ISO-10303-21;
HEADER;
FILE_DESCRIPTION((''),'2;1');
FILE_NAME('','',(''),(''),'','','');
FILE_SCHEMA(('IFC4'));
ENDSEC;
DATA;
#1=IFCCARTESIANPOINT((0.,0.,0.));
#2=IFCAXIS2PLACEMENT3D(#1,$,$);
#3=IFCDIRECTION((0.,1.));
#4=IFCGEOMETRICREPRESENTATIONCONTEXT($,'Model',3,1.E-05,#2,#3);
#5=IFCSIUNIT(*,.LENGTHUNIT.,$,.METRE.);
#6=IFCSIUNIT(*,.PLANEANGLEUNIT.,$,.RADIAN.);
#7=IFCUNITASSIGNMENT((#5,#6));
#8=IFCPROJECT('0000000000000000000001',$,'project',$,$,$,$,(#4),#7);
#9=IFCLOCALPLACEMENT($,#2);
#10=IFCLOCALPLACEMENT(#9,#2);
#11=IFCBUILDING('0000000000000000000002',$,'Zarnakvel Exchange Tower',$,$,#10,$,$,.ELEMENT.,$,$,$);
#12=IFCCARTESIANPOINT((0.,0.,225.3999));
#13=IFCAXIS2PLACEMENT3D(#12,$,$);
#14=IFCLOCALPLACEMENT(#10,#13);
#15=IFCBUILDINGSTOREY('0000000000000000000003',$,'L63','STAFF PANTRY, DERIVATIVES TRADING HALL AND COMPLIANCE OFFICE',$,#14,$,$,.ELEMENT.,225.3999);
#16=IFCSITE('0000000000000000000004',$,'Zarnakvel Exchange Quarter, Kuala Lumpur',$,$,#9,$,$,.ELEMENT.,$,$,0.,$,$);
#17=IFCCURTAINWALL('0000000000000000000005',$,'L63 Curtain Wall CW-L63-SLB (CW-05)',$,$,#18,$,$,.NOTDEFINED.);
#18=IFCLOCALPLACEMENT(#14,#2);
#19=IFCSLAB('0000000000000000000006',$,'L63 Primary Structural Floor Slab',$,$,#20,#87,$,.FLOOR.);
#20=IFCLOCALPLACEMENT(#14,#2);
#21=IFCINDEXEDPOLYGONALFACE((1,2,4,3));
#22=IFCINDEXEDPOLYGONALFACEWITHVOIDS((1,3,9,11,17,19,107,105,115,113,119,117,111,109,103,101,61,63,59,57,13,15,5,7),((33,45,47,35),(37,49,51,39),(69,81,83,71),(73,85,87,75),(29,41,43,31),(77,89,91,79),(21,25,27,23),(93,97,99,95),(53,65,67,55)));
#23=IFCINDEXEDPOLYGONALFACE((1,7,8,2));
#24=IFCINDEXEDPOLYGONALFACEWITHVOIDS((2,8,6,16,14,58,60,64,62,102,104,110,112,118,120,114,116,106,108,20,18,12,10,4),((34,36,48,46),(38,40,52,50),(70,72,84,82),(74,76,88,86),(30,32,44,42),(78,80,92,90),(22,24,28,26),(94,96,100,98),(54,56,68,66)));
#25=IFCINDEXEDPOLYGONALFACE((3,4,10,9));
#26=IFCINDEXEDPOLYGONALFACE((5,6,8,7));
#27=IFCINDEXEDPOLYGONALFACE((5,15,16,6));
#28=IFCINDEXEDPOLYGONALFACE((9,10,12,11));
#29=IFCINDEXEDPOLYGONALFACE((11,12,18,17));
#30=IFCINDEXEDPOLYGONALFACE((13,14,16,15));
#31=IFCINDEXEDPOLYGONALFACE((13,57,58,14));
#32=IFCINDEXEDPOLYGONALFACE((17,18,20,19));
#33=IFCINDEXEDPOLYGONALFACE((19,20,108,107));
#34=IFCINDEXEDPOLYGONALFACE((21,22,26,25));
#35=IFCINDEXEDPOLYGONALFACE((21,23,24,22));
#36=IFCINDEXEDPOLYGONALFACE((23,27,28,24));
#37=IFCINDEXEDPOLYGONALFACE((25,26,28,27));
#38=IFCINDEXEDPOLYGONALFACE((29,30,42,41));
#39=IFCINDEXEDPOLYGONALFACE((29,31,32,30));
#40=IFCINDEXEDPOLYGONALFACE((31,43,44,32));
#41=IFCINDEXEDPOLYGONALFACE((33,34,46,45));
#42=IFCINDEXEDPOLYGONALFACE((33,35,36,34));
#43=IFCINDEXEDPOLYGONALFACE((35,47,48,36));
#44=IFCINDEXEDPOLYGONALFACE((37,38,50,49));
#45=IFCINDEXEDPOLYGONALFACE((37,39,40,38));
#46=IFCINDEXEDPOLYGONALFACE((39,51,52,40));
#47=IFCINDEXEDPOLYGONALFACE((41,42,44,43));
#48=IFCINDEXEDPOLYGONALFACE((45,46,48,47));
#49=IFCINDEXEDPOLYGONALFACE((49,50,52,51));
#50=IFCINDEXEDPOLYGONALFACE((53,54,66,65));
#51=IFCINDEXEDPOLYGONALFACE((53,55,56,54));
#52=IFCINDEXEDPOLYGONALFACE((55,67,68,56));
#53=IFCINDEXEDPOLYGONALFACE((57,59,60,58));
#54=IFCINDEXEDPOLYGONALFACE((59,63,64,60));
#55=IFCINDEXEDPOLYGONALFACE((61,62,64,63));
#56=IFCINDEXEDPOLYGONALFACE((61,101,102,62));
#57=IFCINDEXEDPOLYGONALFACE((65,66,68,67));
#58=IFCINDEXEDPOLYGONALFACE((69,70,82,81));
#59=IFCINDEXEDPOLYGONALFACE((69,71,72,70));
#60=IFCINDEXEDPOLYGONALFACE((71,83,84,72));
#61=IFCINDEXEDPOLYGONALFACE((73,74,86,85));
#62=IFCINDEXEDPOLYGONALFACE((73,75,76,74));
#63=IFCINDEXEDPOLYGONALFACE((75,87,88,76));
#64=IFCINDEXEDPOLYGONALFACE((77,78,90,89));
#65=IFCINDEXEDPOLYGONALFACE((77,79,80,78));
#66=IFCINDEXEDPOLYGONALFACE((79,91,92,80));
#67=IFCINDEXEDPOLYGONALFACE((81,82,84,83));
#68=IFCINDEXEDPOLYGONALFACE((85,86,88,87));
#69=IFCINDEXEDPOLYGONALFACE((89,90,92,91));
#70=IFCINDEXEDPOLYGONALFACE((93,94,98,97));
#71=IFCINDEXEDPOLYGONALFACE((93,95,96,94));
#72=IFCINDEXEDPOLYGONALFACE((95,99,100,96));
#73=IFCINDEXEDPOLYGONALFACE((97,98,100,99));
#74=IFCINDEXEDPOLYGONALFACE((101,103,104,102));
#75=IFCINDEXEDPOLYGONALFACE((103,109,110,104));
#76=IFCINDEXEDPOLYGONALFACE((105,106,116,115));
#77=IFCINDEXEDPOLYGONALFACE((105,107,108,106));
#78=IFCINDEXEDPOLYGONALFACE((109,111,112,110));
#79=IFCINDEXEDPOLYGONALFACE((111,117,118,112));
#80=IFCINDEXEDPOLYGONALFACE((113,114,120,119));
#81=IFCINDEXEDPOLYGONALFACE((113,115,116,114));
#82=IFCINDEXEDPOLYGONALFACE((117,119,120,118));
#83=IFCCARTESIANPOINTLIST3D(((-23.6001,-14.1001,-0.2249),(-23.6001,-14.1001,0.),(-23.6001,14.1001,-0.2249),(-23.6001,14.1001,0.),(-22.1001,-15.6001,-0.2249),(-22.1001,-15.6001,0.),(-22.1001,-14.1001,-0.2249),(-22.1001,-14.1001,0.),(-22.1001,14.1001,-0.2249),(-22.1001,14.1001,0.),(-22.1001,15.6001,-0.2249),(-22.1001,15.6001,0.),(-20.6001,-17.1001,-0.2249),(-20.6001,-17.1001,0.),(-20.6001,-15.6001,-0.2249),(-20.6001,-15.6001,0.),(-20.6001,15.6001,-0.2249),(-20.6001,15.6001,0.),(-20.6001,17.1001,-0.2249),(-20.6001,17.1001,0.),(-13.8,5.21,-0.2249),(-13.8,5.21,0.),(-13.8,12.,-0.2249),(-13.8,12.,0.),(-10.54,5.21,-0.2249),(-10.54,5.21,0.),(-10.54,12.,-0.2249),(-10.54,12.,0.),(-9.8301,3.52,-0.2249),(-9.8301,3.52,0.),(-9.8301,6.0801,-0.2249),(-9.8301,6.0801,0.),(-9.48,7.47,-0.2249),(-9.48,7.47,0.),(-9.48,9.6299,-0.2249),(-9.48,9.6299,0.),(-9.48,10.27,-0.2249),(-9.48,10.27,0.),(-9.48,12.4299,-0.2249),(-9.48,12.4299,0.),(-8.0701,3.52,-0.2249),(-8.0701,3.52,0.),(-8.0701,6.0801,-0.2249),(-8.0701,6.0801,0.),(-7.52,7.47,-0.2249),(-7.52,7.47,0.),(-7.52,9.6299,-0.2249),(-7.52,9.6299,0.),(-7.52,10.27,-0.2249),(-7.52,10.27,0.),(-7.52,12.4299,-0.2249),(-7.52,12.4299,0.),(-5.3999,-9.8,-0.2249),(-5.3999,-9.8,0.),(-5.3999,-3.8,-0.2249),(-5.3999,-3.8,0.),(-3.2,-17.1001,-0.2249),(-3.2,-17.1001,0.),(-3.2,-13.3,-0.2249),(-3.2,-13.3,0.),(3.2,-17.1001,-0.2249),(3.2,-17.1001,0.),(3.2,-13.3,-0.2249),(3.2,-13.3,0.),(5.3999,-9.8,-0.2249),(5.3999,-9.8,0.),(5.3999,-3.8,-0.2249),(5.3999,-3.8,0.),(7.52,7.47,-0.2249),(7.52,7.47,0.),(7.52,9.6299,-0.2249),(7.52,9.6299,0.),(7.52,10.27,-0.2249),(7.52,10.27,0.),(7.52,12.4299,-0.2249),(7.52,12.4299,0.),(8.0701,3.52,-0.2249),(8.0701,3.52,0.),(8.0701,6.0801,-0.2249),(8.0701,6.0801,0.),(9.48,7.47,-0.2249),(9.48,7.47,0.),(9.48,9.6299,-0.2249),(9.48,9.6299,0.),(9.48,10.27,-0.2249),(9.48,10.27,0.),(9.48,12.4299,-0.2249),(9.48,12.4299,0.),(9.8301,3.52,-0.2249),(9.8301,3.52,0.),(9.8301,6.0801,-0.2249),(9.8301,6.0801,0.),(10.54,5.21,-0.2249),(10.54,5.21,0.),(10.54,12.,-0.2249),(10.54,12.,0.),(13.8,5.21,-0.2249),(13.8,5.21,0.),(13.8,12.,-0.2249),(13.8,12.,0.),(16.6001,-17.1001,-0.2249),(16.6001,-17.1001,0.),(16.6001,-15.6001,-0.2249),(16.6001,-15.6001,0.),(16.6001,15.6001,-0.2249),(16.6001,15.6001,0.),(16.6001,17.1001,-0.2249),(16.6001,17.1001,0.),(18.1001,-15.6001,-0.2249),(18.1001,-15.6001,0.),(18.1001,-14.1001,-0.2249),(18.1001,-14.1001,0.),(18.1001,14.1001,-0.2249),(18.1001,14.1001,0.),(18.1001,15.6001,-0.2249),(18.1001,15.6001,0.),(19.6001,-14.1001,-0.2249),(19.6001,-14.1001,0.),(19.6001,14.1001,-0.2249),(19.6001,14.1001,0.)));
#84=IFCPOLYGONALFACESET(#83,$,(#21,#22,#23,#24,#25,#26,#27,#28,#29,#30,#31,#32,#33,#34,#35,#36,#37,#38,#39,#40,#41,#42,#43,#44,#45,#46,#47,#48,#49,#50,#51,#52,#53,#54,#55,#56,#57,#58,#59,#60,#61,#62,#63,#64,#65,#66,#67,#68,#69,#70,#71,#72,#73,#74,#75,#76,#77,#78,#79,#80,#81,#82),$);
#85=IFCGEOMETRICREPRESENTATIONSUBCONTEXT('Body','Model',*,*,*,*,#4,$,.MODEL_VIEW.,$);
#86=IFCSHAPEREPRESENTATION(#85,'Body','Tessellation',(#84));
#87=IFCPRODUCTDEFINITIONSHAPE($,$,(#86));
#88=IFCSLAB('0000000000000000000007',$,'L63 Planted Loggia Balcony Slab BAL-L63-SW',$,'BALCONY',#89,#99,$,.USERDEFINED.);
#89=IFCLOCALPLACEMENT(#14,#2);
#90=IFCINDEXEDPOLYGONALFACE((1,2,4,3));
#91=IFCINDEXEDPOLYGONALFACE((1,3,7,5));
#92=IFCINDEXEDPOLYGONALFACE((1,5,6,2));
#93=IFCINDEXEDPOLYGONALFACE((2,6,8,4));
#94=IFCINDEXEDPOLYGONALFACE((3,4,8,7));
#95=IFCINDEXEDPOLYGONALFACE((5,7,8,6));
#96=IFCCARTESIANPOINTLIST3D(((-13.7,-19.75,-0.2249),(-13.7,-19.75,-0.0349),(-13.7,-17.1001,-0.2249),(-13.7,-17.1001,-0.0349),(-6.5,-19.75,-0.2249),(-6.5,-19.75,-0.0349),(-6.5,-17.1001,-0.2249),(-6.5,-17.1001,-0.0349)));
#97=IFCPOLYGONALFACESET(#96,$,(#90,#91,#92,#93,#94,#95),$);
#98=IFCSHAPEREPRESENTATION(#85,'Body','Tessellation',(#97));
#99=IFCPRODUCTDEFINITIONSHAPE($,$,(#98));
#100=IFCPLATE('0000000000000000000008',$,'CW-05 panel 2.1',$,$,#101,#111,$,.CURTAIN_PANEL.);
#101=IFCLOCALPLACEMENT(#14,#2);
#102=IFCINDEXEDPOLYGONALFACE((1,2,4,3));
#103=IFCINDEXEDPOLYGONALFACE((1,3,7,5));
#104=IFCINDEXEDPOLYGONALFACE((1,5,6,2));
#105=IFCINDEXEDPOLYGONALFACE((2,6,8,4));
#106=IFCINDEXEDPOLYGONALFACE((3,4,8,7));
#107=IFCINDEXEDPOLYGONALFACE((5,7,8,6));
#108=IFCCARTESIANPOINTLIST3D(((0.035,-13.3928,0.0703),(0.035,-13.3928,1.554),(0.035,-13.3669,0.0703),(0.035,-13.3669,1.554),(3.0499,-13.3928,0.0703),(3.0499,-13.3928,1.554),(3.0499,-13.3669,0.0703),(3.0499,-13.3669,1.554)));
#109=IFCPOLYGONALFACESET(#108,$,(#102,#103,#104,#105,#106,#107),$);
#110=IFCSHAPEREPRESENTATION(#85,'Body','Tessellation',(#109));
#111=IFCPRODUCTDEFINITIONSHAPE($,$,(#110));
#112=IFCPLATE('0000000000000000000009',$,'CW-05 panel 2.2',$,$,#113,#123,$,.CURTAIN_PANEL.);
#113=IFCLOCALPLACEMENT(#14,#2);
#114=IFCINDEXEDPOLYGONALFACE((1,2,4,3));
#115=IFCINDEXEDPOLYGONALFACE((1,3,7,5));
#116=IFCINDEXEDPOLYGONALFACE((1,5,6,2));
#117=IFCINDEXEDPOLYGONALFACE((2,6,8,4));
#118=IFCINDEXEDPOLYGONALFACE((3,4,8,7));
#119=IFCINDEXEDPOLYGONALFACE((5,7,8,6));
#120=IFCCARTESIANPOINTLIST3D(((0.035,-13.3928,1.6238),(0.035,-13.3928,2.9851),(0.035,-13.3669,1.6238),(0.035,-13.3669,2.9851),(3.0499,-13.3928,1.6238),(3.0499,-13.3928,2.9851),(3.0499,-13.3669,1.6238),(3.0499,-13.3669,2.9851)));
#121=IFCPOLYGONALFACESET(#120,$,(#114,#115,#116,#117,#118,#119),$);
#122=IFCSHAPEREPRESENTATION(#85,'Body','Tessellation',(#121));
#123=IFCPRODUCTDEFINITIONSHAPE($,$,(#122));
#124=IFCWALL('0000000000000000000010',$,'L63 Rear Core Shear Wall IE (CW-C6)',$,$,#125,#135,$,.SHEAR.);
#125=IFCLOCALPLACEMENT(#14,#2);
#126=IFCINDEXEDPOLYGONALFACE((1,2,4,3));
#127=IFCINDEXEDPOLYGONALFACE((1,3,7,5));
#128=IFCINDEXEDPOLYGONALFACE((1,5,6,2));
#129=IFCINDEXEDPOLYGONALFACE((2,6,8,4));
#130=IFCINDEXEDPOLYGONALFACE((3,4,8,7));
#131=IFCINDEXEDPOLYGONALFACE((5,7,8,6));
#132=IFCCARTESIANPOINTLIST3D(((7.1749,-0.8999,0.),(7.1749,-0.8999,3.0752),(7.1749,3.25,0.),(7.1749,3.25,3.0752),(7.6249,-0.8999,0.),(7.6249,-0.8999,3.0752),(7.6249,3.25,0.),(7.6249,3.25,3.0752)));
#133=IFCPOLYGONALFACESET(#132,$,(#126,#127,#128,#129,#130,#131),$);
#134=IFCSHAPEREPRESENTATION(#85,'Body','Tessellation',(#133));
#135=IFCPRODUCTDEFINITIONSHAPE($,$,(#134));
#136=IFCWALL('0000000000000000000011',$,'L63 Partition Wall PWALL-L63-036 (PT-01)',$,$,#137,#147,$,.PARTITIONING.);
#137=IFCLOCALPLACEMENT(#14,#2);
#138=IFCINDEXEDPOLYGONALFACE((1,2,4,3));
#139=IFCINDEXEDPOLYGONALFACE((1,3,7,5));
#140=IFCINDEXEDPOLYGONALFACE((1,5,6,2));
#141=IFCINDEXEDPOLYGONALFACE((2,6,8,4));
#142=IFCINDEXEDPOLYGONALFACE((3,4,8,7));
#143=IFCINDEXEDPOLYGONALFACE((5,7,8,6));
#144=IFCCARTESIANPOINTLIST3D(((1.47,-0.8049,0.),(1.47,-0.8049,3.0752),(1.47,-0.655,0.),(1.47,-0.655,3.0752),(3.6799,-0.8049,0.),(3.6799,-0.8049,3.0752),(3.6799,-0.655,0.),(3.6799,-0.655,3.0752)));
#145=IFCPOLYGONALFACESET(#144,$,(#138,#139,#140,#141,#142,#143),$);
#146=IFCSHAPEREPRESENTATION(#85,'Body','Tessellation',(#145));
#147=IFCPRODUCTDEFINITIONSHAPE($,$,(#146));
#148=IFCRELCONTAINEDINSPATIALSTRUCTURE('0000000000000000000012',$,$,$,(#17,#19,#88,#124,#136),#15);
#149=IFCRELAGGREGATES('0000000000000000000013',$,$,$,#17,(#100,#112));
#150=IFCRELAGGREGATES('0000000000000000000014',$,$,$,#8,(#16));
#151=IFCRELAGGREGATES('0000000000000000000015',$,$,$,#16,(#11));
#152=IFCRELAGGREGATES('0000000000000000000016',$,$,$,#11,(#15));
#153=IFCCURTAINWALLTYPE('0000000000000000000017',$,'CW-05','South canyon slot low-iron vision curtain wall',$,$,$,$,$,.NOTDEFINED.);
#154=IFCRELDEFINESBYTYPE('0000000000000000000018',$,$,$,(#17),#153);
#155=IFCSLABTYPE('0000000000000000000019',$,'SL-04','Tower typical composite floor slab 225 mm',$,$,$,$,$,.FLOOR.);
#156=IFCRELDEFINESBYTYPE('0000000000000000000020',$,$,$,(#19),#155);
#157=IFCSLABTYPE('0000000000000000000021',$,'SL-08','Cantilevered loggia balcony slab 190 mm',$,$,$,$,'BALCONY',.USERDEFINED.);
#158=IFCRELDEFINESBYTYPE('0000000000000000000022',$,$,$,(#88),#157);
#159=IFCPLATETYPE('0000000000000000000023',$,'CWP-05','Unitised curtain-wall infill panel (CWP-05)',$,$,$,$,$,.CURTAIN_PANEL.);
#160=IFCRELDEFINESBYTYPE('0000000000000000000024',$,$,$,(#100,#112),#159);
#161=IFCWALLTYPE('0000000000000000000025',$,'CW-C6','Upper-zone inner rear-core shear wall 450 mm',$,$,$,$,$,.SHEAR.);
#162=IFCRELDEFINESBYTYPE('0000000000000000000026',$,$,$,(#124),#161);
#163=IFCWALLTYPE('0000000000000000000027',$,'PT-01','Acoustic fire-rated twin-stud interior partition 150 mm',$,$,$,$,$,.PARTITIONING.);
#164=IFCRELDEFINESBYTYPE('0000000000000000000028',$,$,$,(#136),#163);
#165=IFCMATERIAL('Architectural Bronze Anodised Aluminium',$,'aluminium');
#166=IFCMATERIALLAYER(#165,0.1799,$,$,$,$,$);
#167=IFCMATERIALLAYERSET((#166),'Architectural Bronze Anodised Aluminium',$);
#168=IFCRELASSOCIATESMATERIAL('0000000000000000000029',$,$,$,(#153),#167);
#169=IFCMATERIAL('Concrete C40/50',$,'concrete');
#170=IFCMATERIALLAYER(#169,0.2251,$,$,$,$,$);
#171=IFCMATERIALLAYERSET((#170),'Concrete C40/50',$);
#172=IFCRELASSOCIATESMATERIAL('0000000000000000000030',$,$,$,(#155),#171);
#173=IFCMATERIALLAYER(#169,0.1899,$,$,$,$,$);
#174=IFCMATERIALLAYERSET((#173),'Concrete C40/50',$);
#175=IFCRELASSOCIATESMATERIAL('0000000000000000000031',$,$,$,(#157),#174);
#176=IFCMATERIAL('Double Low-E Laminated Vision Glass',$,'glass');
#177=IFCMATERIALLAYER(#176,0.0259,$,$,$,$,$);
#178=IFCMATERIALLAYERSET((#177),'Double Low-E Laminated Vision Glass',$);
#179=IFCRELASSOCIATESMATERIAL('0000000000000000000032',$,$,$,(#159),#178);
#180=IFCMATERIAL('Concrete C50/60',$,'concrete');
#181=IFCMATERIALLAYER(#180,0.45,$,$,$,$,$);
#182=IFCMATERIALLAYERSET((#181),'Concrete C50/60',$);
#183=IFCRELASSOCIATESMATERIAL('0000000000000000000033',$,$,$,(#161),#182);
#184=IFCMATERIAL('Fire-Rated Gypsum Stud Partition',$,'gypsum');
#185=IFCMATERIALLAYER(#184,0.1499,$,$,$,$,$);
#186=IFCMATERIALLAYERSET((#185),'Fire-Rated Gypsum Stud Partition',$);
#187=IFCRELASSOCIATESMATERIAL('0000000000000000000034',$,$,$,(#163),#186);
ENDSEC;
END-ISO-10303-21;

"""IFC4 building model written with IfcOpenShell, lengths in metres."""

from ifc_helpers import new_model, si_unit, direction, frame, frame_2d, origin, origin_2d, place, context, subcontext, project, spatial, polyline, rectangle, outline, extrude, source, transform, mapped, material, layer, layer_set, type_object, element, aggregate, save


model = new_model("IFC4")

# Units and contexts
model_context = context("Model", 3, precision=1e-05, world=origin(), true_north=direction((0.0, 1.0)))
body_context = subcontext(model_context, "Body", "Model", "MODEL_VIEW")
ifc_project = project(units=[si_unit("LENGTHUNIT", "METRE"), si_unit("PLANEANGLEUNIT", "RADIAN")], contexts=[model_context])

# Site, building, storey
site_placement = place(None, origin())
site = spatial("IfcSite", under=ifc_project, at=site_placement, Name="Zarnakvel Exchange Quarter, Kuala Lumpur", CompositionType="ELEMENT", RefElevation=0.0)
building_placement = place(site_placement, origin())
building = spatial("IfcBuilding", under=site, at=building_placement, Name="Zarnakvel Exchange Tower", CompositionType="ELEMENT")
storey_placement = place(building_placement, frame((0.0, 0.0, 225.3999)))
storey = spatial("IfcBuildingStorey", under=building, at=storey_placement, Name="L63", Description="STAFF PANTRY, DERIVATIVES TRADING HALL AND COMPLIANCE OFFICE", CompositionType="ELEMENT", Elevation=225.3999)

# Shared definitions
ifc_material_1 = material(Name="Concrete C50/60", Category="concrete")

# Curtain wall
ifc_material_2 = material(Name="Architectural Bronze Anodised Aluminium", Category="aluminium")
ifc_layer_1 = layer(ifc_material_2, 0.1799)
ifc_layer_set_1 = layer_set([ifc_layer_1], Name="Architectural Bronze Anodised Aluminium")
curtain_wall_type = type_object("IfcCurtainWallType", Name="CW-05", Description="South canyon slot low-iron vision curtain wall", PredefinedType="NOTDEFINED", material=ifc_layer_set_1)
curtain_wall_placement = place(storey_placement, origin())
curtain_wall = element("IfcCurtainWall", 1, at=curtain_wall_placement, inside=storey, type_object=curtain_wall_type, Name="L63 Curtain Wall CW-L63-SLB (CW-05)", PredefinedType="NOTDEFINED")

# Slabs
ifc_material_3 = material(Name="Concrete C40/50", Category="concrete")
ifc_layer_2 = layer(ifc_material_3, 0.2251)
ifc_layer_set_2 = layer_set([ifc_layer_2], Name="Concrete C40/50")
slab_type_1 = type_object("IfcSlabType", Name="SL-04", Description="Tower typical composite floor slab 225 mm", PredefinedType="FLOOR", material=ifc_layer_set_2)
slab_1_placement = place(storey_placement, frame((0.0, 0.0, -0.2249)))
element("IfcSlab", 2, at=slab_1_placement, inside=storey, type_object=slab_type_1, Name="L63 Primary Structural Floor Slab", PredefinedType="FLOOR", context=body_context, shape_type="SweptSolid", body=[
    extrude(outline(polyline([(-23.6001, -14.1001), (-22.1001, -14.1001), (-22.1001, -15.6001), (-20.6001, -15.6001), (-20.6001, -17.1001), (-3.2, -17.1001), (-3.2, -13.3), (3.2, -13.3), (3.2, -17.1001), (16.6001, -17.1001), (16.6001, -15.6001), (18.1001, -15.6001), (18.1001, -14.1001), (19.6001, -14.1001), (19.6001, 14.1001), (18.1001, 14.1001), (18.1001, 15.6001), (16.6001, 15.6001), (16.6001, 17.1001), (-20.6001, 17.1001), (-20.6001, 15.6001), (-22.1001, 15.6001), (-22.1001, 14.1001), (-23.6001, 14.1001), (-23.6001, -14.1001)]), holes=[polyline([(-5.3999, -9.8), (5.3999, -9.8), (5.3999, -3.8), (-5.3999, -3.8), (-5.3999, -9.8)]), polyline([(-13.8, 5.21), (-10.54, 5.21), (-10.54, 12.0), (-13.8, 12.0), (-13.8, 5.21)]), polyline([(10.54, 5.21), (13.8, 5.21), (13.8, 12.0), (10.54, 12.0), (10.54, 5.21)]), polyline([(-9.8301, 3.52), (-8.0701, 3.52), (-8.0701, 6.0801), (-9.8301, 6.0801), (-9.8301, 3.52)]), polyline([(8.0701, 3.52), (9.8301, 3.52), (9.8301, 6.0801), (8.0701, 6.0801), (8.0701, 3.52)]), polyline([(-9.48, 7.47), (-7.52, 7.47), (-7.52, 9.6299), (-9.48, 9.6299), (-9.48, 7.47)]), polyline([(-9.48, 10.27), (-7.52, 10.27), (-7.52, 12.4299), (-9.48, 12.4299), (-9.48, 10.27)]), polyline([(7.52, 7.47), (9.48, 7.47), (9.48, 9.6299), (7.52, 9.6299), (7.52, 7.47)]), polyline([(7.52, 10.27), (9.48, 10.27), (9.48, 12.4299), (7.52, 12.4299), (7.52, 10.27)])]), origin(), (0.0, 0.0, 1.0), 0.2249),
])
ifc_layer_3 = layer(ifc_material_3, 0.1899)
ifc_layer_set_3 = layer_set([ifc_layer_3], Name="Concrete C40/50")
slab_type_2 = type_object("IfcSlabType", Name="SL-08", Description="Cantilevered loggia balcony slab 190 mm", ElementType="BALCONY", PredefinedType="USERDEFINED", material=ifc_layer_set_3)
slab_2_placement = place(storey_placement, frame((0.0, 0.0, -0.2249)))
element("IfcSlab", 3, at=slab_2_placement, inside=storey, type_object=slab_type_2, Name="L63 Planted Loggia Balcony Slab BAL-L63-SW", ObjectType="BALCONY", PredefinedType="USERDEFINED", context=body_context, shape_type="SweptSolid", body=[
    extrude(outline(polyline([(-13.7, -19.75), (-6.5, -19.75), (-6.5, -17.1001), (-13.7, -17.1001), (-13.7, -19.75)])), origin(), (0.0, 0.0, 1.0), 0.1899),
])

# Plates
ifc_material_4 = material(Name="Double Low-E Laminated Vision Glass", Category="glass")
ifc_layer_4 = layer(ifc_material_4, 0.0259)
ifc_layer_set_4 = layer_set([ifc_layer_4], Name="Double Low-E Laminated Vision Glass")
plate_type = type_object("IfcPlateType", Name="CWP-05", Description="Unitised curtain-wall infill panel (CWP-05)", PredefinedType="CURTAIN_PANEL", material=ifc_layer_set_4)
shared_shape_1 = source(origin(), body_context, "Body", "SweptSolid", [
    extrude(rectangle(XDim=3.0149, YDim=0.0259, at=origin_2d()), origin(), (0.0, 0.0, 1.0), 1.4836),
])
plate_1_placement = place(storey_placement, frame((1.5425, -13.3799, 0.0703), z_axis=(0.0, 0.0, 1.0), x_axis=(1.0, 0.0, 0.0)))
plate_1 = element("IfcPlate", 4, at=plate_1_placement, type_object=plate_type, Name="CW-05 panel 2.1", PredefinedType="CURTAIN_PANEL", context=body_context, shape_type="MappedRepresentation", body=[
    mapped(shared_shape_1, transform((0.0, 0.0, 0.0), x_axis=(1.0, 0.0, 0.0), y_axis=(0.0, 1.0, 0.0), z_axis=(0.0, 0.0, 1.0), scale=1.0)),
])
shared_shape_2 = source(origin(), body_context, "Body", "SweptSolid", [
    extrude(rectangle(XDim=3.0149, YDim=0.0259, at=origin_2d()), origin(), (0.0, 0.0, 1.0), 1.3613),
])
plate_2_placement = place(storey_placement, frame((1.5425, -13.3799, 1.6238), z_axis=(0.0, 0.0, 1.0), x_axis=(1.0, 0.0, 0.0)))
plate_2 = element("IfcPlate", 5, at=plate_2_placement, type_object=plate_type, Name="CW-05 panel 2.2", PredefinedType="CURTAIN_PANEL", context=body_context, shape_type="MappedRepresentation", body=[
    mapped(shared_shape_2, transform((0.0, 0.0, 0.0), x_axis=(1.0, 0.0, 0.0), y_axis=(0.0, 1.0, 0.0), z_axis=(0.0, 0.0, 1.0), scale=1.0)),
])
aggregate(curtain_wall, [plate_1, plate_2])

# Walls
ifc_layer_5 = layer(ifc_material_1, 0.45)
ifc_layer_set_5 = layer_set([ifc_layer_5], Name="Concrete C50/60")
wall_type_1 = type_object("IfcWallType", Name="CW-C6", Description="Upper-zone inner rear-core shear wall 450 mm", PredefinedType="SHEAR", material=ifc_layer_set_5)
wall_1_placement = place(storey_placement, frame((7.3999, -0.8999, 0.0), z_axis=(0.0, 0.0, 1.0), x_axis=(0.0, 1.0, 0.0)))
element("IfcWall", 6, at=wall_1_placement, inside=storey, type_object=wall_type_1, Name="L63 Rear Core Shear Wall IE (CW-C6)", PredefinedType="SHEAR", context=body_context, shape_type="SweptSolid", body=[
    extrude(rectangle(XDim=4.1499, YDim=0.45, at=frame_2d((2.075, 0.0))), origin(), (0.0, 0.0, 1.0), 3.0752),
])
ifc_material_5 = material(Name="Fire-Rated Gypsum Stud Partition", Category="gypsum")
ifc_layer_6 = layer(ifc_material_5, 0.1499)
ifc_layer_set_6 = layer_set([ifc_layer_6], Name="Fire-Rated Gypsum Stud Partition")
wall_type_2 = type_object("IfcWallType", Name="PT-01", Description="Acoustic fire-rated twin-stud interior partition 150 mm", PredefinedType="PARTITIONING", material=ifc_layer_set_6)
wall_2_placement = place(storey_placement, frame((3.6799, -0.73, 0.0), z_axis=(0.0, 0.0, 1.0), x_axis=(-1.0, 0.0, 0.0)))
element("IfcWall", 7, at=wall_2_placement, inside=storey, type_object=wall_type_2, Name="L63 Partition Wall PWALL-L63-036 (PT-01)", PredefinedType="PARTITIONING", context=body_context, shape_type="SweptSolid", body=[
    extrude(rectangle(XDim=2.21, YDim=0.1499, at=frame_2d((1.105, 0.0))), origin(), (0.0, 0.0, 1.0), 3.0752),
])

save(model, "model.ifc")
